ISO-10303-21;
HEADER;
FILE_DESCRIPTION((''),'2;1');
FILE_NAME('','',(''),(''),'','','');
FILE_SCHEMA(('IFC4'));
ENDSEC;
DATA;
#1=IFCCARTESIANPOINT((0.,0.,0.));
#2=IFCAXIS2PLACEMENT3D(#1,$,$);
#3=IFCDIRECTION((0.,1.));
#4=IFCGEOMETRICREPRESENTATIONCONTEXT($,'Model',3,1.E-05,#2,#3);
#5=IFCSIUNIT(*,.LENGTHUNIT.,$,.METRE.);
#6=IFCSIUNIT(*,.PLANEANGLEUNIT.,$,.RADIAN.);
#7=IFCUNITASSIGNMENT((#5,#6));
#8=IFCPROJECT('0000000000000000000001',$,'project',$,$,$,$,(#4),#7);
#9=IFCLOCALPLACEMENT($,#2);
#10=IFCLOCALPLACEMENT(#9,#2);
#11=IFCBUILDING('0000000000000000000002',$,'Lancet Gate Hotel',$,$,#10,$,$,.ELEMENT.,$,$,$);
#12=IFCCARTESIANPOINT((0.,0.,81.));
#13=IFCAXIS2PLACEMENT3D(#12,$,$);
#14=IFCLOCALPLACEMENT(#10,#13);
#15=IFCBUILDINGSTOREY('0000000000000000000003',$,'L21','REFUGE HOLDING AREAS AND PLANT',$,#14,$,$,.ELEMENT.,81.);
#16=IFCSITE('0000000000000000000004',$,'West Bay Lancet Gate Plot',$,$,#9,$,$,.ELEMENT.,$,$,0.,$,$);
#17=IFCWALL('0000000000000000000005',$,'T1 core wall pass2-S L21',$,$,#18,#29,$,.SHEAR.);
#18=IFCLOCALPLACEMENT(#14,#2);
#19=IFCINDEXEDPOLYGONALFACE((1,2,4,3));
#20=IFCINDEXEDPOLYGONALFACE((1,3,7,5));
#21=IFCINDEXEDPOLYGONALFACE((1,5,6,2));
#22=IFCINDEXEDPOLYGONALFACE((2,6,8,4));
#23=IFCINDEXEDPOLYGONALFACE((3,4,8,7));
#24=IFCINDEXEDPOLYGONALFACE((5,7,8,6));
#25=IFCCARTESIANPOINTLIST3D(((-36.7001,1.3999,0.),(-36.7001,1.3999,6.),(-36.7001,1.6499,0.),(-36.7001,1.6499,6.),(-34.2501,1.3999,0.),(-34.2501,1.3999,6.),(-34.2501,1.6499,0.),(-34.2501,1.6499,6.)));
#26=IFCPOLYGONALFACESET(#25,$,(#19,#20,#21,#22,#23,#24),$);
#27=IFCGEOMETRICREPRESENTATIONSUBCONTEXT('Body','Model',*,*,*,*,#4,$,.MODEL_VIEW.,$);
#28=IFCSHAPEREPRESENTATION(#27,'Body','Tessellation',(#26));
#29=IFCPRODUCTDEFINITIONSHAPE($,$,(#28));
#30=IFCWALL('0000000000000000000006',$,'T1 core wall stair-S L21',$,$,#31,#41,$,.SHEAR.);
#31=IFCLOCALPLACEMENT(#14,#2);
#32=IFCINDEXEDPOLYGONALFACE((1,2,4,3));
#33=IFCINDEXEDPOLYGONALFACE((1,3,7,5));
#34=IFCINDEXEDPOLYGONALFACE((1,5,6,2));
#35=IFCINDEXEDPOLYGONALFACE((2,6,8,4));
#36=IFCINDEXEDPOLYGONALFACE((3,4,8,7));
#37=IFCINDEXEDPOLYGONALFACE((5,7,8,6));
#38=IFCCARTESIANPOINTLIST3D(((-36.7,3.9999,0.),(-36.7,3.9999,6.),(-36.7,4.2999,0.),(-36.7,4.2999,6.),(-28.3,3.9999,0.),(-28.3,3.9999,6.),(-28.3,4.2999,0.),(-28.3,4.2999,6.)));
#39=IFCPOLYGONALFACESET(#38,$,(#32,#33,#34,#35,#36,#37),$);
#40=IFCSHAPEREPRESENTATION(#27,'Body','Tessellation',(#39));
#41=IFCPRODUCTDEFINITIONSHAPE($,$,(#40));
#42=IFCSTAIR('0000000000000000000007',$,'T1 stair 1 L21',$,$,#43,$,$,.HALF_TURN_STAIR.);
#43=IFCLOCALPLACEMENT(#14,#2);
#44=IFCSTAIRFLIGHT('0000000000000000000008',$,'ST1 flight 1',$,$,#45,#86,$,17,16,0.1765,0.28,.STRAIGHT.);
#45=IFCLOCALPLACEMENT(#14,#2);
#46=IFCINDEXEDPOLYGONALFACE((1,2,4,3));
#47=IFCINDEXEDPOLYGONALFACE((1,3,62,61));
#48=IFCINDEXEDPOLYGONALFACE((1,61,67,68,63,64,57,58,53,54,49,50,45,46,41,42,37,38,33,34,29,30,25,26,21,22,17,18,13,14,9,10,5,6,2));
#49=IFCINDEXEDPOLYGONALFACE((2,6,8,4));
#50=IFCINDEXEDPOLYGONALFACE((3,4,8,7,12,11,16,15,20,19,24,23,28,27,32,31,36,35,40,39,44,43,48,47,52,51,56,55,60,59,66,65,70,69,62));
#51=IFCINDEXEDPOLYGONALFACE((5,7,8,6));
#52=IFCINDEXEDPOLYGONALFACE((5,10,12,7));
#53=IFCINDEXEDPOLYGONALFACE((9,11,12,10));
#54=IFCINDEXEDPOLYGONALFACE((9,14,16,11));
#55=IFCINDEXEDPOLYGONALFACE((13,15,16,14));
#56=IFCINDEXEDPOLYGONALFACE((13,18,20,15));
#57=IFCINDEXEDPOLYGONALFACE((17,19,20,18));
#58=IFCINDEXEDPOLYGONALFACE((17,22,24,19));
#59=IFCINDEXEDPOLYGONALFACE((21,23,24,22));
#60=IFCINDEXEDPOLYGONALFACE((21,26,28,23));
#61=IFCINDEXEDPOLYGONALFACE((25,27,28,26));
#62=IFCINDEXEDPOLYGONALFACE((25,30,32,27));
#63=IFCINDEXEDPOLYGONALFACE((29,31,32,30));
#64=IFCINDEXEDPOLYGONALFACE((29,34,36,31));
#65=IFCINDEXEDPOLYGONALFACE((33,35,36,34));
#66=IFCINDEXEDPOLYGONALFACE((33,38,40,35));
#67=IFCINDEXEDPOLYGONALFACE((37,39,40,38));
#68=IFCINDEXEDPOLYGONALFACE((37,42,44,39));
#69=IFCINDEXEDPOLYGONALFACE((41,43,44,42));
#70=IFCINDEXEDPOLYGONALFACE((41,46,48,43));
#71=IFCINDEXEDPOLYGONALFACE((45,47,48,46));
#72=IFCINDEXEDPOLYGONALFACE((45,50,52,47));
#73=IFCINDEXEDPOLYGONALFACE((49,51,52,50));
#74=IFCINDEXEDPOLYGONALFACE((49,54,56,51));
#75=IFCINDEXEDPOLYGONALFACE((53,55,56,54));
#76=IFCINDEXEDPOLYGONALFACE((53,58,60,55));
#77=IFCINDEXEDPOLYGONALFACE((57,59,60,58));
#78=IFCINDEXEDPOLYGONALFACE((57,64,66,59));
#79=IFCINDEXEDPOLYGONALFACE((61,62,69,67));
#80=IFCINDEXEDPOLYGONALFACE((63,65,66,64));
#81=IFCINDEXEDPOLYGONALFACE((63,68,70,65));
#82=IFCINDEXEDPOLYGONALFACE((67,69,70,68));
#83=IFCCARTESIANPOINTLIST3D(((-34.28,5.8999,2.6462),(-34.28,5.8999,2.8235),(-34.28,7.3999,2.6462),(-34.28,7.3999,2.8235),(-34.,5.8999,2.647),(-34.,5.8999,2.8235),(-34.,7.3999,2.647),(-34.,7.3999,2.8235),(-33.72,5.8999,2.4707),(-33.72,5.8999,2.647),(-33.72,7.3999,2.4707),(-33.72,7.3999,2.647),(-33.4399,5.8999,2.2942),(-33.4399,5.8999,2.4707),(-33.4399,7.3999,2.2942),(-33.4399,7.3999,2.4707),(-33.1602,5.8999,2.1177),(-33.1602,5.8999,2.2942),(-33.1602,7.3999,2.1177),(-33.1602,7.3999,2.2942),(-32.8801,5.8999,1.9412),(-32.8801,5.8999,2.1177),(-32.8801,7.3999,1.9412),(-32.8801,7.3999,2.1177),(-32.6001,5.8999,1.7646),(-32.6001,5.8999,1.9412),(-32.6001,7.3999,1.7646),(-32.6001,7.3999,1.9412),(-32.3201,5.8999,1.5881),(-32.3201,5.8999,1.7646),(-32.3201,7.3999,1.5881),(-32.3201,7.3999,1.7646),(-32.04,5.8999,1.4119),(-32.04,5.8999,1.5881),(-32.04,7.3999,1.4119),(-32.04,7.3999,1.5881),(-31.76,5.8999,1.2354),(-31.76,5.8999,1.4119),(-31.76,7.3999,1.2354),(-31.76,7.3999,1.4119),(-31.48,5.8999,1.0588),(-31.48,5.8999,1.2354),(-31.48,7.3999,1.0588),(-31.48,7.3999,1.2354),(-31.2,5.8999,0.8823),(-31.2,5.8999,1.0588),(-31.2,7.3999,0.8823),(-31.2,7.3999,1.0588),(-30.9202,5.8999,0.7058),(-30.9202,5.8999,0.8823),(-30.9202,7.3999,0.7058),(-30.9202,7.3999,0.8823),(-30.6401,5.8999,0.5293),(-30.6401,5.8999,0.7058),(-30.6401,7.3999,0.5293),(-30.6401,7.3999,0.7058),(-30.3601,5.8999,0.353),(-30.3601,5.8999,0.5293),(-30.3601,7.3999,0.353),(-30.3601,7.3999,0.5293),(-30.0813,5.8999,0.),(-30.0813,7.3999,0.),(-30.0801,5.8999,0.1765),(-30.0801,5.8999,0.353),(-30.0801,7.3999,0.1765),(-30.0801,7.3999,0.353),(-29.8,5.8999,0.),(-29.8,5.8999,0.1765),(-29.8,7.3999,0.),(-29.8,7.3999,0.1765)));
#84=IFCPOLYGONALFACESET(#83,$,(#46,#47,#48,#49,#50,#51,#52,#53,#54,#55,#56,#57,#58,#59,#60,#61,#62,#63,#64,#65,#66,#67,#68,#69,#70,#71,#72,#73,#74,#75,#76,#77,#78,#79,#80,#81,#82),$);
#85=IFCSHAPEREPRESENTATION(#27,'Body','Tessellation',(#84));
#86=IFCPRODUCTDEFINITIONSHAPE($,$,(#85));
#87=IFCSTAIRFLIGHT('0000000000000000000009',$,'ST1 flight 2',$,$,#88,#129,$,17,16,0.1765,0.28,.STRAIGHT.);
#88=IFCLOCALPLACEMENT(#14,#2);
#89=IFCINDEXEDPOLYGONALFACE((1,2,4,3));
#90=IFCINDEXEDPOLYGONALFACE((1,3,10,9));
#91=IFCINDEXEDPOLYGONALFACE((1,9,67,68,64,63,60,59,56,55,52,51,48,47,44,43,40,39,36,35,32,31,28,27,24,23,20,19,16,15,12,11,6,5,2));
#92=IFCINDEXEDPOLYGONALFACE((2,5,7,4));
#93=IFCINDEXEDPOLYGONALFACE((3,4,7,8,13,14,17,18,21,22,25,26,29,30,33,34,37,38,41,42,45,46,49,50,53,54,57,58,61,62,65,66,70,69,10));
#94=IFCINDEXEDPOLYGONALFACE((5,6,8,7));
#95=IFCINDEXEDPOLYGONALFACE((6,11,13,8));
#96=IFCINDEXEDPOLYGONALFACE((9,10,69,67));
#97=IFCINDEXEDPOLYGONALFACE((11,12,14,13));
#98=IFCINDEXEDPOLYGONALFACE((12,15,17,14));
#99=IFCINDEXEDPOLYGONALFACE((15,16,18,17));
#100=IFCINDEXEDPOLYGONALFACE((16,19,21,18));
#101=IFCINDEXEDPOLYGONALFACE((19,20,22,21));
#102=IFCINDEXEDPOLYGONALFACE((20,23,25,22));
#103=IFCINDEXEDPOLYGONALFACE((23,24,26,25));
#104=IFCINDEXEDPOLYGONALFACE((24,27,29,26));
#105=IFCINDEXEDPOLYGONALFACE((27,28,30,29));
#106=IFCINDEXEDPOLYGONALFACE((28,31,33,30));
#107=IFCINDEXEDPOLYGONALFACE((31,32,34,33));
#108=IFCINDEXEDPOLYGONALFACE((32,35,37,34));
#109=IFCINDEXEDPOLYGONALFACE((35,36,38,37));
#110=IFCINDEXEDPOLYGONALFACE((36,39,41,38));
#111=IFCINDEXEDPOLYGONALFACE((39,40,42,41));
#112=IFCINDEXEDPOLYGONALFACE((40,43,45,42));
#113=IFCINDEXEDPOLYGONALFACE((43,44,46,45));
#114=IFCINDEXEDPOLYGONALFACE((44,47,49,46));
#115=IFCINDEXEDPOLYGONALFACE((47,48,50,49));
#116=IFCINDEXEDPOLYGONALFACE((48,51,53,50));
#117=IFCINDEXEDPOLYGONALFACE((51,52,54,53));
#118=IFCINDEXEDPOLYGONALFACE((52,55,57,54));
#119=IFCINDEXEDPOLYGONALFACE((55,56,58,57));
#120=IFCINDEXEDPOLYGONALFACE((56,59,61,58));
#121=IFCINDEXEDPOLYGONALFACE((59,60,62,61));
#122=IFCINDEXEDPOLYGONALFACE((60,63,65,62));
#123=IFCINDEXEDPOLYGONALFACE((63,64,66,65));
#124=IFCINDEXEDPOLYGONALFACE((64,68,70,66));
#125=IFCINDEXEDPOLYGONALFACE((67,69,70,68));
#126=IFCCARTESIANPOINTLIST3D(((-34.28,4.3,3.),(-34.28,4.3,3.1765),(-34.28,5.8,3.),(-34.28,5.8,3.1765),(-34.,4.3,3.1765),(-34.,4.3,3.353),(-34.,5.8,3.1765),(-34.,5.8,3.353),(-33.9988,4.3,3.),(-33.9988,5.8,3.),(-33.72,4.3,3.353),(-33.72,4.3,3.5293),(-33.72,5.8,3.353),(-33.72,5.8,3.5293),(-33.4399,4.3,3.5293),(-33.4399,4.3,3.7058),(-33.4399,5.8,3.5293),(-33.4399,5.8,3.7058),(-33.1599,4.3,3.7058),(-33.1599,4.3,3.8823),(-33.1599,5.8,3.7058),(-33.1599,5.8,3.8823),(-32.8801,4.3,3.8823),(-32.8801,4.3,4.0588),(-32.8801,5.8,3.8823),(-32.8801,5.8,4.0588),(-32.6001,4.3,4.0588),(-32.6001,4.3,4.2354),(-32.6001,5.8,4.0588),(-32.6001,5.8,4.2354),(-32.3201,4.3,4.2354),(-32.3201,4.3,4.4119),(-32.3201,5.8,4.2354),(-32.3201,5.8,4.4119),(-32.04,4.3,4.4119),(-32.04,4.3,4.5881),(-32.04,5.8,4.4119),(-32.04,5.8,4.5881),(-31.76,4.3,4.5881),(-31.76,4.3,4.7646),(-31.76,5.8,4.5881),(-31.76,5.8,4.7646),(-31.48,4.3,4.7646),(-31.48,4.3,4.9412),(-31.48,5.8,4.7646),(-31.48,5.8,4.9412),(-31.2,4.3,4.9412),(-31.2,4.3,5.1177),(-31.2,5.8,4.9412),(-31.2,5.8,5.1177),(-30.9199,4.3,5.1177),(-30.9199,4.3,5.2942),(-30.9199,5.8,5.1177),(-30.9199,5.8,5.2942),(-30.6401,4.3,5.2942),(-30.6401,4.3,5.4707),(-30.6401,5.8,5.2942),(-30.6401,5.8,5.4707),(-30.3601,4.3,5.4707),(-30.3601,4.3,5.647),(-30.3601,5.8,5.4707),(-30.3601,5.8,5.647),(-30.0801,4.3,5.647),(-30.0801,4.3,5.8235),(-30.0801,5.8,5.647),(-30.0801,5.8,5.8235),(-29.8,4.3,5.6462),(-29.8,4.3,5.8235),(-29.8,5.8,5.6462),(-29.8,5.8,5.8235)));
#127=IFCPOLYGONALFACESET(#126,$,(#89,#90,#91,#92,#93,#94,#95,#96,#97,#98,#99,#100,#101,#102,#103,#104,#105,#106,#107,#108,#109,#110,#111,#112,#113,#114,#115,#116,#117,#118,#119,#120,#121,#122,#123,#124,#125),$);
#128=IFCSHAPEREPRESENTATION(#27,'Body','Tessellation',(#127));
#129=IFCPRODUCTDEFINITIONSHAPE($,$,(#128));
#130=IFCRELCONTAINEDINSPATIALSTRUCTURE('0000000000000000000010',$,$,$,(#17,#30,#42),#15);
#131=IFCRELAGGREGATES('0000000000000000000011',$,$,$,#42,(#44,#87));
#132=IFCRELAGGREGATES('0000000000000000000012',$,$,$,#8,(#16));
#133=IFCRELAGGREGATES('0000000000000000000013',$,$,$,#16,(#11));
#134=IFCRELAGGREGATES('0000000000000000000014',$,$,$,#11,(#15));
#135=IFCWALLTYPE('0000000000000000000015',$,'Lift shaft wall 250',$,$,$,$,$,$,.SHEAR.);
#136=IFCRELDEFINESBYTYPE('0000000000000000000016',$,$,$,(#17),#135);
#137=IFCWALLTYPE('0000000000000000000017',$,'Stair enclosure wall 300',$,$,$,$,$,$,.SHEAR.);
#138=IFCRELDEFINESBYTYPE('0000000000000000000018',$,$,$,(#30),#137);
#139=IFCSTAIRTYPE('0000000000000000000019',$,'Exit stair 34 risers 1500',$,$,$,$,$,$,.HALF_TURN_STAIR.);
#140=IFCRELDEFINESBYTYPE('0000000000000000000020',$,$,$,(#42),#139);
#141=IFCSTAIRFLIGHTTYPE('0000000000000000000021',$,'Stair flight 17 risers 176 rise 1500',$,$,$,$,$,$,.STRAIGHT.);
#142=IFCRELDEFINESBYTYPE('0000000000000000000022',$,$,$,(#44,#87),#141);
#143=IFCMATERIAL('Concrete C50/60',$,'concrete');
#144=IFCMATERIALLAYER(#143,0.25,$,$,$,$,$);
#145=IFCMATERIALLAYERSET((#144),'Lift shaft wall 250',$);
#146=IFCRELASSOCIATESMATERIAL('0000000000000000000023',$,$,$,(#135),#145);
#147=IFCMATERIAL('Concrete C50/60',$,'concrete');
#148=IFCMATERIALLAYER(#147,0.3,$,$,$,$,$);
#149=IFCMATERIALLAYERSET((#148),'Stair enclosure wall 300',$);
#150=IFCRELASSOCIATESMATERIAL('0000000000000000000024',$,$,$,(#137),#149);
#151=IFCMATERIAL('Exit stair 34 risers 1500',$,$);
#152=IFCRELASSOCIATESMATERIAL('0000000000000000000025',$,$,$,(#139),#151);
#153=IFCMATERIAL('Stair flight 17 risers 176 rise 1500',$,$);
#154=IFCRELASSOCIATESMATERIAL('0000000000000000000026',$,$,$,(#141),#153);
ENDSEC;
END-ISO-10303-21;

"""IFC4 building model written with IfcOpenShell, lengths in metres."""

from ifc_helpers import new_model, si_unit, direction, frame, frame_2d, origin, place, context, subcontext, project, spatial, polyline, rectangle, outline, extrude, material, layer, layer_set, type_object, element, aggregate, save


model = new_model("IFC4")

# Units and contexts
model_context = context("Model", 3, precision=1e-05, world=origin(), true_north=direction((0.0, 1.0)))
body_context = subcontext(model_context, "Body", "Model", "MODEL_VIEW")
ifc_project = project(units=[si_unit("LENGTHUNIT", "METRE"), si_unit("PLANEANGLEUNIT", "RADIAN")], contexts=[model_context])

# Site, building, storey
site_placement = place(None, origin())
site = spatial("IfcSite", under=ifc_project, at=site_placement, Name="West Bay Lancet Gate Plot", CompositionType="ELEMENT", RefElevation=0.0)
building_placement = place(site_placement, origin())
building = spatial("IfcBuilding", under=site, at=building_placement, Name="Lancet Gate Hotel", CompositionType="ELEMENT")
storey_placement = place(building_placement, frame((0.0, 0.0, 81.0)))
storey = spatial("IfcBuildingStorey", under=building, at=storey_placement, Name="L21", Description="REFUGE HOLDING AREAS AND PLANT", CompositionType="ELEMENT", Elevation=81.0)

# Shared definitions
ifc_material_1 = material(Name="Concrete C50/60", Category="concrete")
ifc_layer_1 = layer(ifc_material_1, 0.25)
ifc_layer_set_1 = layer_set([ifc_layer_1], Name="Lift shaft wall 250")
wall_type_1 = type_object("IfcWallType", Name="Lift shaft wall 250", PredefinedType="SHEAR", material=ifc_layer_set_1)

# Walls
wall_1_placement = place(storey_placement, frame((-34.25, 1.5249, 0.0), z_axis=(0.0, 0.0, 1.0), x_axis=(-1.0, 0.0, 0.0)))
element("IfcWall", 1, at=wall_1_placement, inside=storey, type_object=wall_type_1, Name="T1 core wall pass2-S L21", PredefinedType="SHEAR", context=body_context, shape_type="SweptSolid", body=[
    extrude(rectangle(XDim=2.45, YDim=0.25, at=frame_2d((1.2251, 0.0))), origin(), (0.0, 0.0, 1.0), 6.0),
])
ifc_material_2 = material(Name="Concrete C50/60", Category="concrete")
ifc_layer_2 = layer(ifc_material_2, 0.3)
ifc_layer_set_2 = layer_set([ifc_layer_2], Name="Stair enclosure wall 300")
wall_type_2 = type_object("IfcWallType", Name="Stair enclosure wall 300", PredefinedType="SHEAR", material=ifc_layer_set_2)
wall_2_placement = place(storey_placement, frame((-28.3, 4.1499, 0.0), z_axis=(0.0, 0.0, 1.0), x_axis=(-1.0, 0.0, 0.0)))
element("IfcWall", 2, at=wall_2_placement, inside=storey, type_object=wall_type_2, Name="T1 core wall stair-S L21", PredefinedType="SHEAR", context=body_context, shape_type="SweptSolid", body=[
    extrude(rectangle(XDim=8.3999, YDim=0.3, at=frame_2d((4.2, 0.0))), origin(), (0.0, 0.0, 1.0), 6.0),
])

# Stair, stair flights
ifc_material_3 = material(Name="Exit stair 34 risers 1500")
stair_type = type_object("IfcStairType", Name="Exit stair 34 risers 1500", PredefinedType="HALF_TURN_STAIR", material=ifc_material_3)
stair_placement = place(storey_placement, origin())
stair = element("IfcStair", 3, at=stair_placement, inside=storey, type_object=stair_type, Name="T1 stair 1 L21", PredefinedType="HALF_TURN_STAIR")
ifc_material_4 = material(Name="Stair flight 17 risers 176 rise 1500")
stair_flight_type = type_object("IfcStairFlightType", Name="Stair flight 17 risers 176 rise 1500", PredefinedType="STRAIGHT", material=ifc_material_4)
stair_flight_1_placement = place(storey_placement, frame((-29.8, 6.6499, 0.0), z_axis=(0.0, 0.0, 1.0), x_axis=(-1.0, 0.0, 0.0)))
stair_flight_1 = element("IfcStairFlight", 4, at=stair_flight_1_placement, type_object=stair_flight_type, Name="ST1 flight 1", NumberOfRisers=17, NumberOfTreads=16, PredefinedType="STRAIGHT", RiserHeight=0.1765, TreadLength=0.28, context=body_context, shape_type="SweptSolid", body=[
    extrude(outline(polyline([(0.0, 0.0), (0.0, 0.1765), (0.28, 0.1765), (0.28, 0.353), (0.5601, 0.353), (0.5601, 0.5293), (0.8401, 0.5293), (0.8401, 0.7058), (1.1201, 0.7058), (1.1201, 0.8823), (1.3999, 0.8823), (1.3999, 1.0588), (1.6799, 1.0588), (1.6799, 1.2354), (1.96, 1.2354), (1.96, 1.4119), (2.24, 1.4119), (2.24, 1.5881), (2.52, 1.5881), (2.52, 1.7646), (2.8, 1.7646), (2.8, 1.9412), (3.0801, 1.9412), (3.0801, 2.1177), (3.3601, 2.1177), (3.3601, 2.2942), (3.6399, 2.2942), (3.6399, 2.4707), (3.9199, 2.4707), (3.9199, 2.647), (4.2, 2.647), (4.2, 2.8235), (4.48, 2.8235), (4.48, 3.0), (4.48, 2.6462), (0.2812, 0.0), (0.0, 0.0)])), frame((0.0, 0.75, 0.0), z_axis=(0.0, -1.0, 0.0), x_axis=(1.0, 0.0, 0.0)), (0.0, 0.0, 1.0), 1.5),
])
stair_flight_2_placement = place(storey_placement, frame((-34.28, 5.05, 3.0), z_axis=(0.0, 0.0, 1.0), x_axis=(1.0, 0.0, 0.0)))
stair_flight_2 = element("IfcStairFlight", 5, at=stair_flight_2_placement, type_object=stair_flight_type, Name="ST1 flight 2", NumberOfRisers=17, NumberOfTreads=16, PredefinedType="STRAIGHT", RiserHeight=0.1765, TreadLength=0.28, context=body_context, shape_type="SweptSolid", body=[
    extrude(outline(polyline([(0.0, 0.0), (0.0, 0.1765), (0.28, 0.1765), (0.28, 0.353), (0.5601, 0.353), (0.5601, 0.5293), (0.8401, 0.5293), (0.8401, 0.7058), (1.1201, 0.7058), (1.1201, 0.8823), (1.3999, 0.8823), (1.3999, 1.0588), (1.6799, 1.0588), (1.6799, 1.2354), (1.96, 1.2354), (1.96, 1.4119), (2.24, 1.4119), (2.24, 1.5881), (2.52, 1.5881), (2.52, 1.7646), (2.8, 1.7646), (2.8, 1.9412), (3.0801, 1.9412), (3.0801, 2.1177), (3.3601, 2.1177), (3.3601, 2.2942), (3.6399, 2.2942), (3.6399, 2.4707), (3.9199, 2.4707), (3.9199, 2.647), (4.2, 2.647), (4.2, 2.8235), (4.48, 2.8235), (4.48, 3.0), (4.48, 2.6462), (0.2812, 0.0), (0.0, 0.0)])), frame((0.0, 0.75, 0.0), z_axis=(0.0, -1.0, 0.0), x_axis=(1.0, 0.0, 0.0)), (0.0, 0.0, 1.0), 1.5),
])
aggregate(stair, [stair_flight_1, stair_flight_2])

save(model, "model.ifc")
